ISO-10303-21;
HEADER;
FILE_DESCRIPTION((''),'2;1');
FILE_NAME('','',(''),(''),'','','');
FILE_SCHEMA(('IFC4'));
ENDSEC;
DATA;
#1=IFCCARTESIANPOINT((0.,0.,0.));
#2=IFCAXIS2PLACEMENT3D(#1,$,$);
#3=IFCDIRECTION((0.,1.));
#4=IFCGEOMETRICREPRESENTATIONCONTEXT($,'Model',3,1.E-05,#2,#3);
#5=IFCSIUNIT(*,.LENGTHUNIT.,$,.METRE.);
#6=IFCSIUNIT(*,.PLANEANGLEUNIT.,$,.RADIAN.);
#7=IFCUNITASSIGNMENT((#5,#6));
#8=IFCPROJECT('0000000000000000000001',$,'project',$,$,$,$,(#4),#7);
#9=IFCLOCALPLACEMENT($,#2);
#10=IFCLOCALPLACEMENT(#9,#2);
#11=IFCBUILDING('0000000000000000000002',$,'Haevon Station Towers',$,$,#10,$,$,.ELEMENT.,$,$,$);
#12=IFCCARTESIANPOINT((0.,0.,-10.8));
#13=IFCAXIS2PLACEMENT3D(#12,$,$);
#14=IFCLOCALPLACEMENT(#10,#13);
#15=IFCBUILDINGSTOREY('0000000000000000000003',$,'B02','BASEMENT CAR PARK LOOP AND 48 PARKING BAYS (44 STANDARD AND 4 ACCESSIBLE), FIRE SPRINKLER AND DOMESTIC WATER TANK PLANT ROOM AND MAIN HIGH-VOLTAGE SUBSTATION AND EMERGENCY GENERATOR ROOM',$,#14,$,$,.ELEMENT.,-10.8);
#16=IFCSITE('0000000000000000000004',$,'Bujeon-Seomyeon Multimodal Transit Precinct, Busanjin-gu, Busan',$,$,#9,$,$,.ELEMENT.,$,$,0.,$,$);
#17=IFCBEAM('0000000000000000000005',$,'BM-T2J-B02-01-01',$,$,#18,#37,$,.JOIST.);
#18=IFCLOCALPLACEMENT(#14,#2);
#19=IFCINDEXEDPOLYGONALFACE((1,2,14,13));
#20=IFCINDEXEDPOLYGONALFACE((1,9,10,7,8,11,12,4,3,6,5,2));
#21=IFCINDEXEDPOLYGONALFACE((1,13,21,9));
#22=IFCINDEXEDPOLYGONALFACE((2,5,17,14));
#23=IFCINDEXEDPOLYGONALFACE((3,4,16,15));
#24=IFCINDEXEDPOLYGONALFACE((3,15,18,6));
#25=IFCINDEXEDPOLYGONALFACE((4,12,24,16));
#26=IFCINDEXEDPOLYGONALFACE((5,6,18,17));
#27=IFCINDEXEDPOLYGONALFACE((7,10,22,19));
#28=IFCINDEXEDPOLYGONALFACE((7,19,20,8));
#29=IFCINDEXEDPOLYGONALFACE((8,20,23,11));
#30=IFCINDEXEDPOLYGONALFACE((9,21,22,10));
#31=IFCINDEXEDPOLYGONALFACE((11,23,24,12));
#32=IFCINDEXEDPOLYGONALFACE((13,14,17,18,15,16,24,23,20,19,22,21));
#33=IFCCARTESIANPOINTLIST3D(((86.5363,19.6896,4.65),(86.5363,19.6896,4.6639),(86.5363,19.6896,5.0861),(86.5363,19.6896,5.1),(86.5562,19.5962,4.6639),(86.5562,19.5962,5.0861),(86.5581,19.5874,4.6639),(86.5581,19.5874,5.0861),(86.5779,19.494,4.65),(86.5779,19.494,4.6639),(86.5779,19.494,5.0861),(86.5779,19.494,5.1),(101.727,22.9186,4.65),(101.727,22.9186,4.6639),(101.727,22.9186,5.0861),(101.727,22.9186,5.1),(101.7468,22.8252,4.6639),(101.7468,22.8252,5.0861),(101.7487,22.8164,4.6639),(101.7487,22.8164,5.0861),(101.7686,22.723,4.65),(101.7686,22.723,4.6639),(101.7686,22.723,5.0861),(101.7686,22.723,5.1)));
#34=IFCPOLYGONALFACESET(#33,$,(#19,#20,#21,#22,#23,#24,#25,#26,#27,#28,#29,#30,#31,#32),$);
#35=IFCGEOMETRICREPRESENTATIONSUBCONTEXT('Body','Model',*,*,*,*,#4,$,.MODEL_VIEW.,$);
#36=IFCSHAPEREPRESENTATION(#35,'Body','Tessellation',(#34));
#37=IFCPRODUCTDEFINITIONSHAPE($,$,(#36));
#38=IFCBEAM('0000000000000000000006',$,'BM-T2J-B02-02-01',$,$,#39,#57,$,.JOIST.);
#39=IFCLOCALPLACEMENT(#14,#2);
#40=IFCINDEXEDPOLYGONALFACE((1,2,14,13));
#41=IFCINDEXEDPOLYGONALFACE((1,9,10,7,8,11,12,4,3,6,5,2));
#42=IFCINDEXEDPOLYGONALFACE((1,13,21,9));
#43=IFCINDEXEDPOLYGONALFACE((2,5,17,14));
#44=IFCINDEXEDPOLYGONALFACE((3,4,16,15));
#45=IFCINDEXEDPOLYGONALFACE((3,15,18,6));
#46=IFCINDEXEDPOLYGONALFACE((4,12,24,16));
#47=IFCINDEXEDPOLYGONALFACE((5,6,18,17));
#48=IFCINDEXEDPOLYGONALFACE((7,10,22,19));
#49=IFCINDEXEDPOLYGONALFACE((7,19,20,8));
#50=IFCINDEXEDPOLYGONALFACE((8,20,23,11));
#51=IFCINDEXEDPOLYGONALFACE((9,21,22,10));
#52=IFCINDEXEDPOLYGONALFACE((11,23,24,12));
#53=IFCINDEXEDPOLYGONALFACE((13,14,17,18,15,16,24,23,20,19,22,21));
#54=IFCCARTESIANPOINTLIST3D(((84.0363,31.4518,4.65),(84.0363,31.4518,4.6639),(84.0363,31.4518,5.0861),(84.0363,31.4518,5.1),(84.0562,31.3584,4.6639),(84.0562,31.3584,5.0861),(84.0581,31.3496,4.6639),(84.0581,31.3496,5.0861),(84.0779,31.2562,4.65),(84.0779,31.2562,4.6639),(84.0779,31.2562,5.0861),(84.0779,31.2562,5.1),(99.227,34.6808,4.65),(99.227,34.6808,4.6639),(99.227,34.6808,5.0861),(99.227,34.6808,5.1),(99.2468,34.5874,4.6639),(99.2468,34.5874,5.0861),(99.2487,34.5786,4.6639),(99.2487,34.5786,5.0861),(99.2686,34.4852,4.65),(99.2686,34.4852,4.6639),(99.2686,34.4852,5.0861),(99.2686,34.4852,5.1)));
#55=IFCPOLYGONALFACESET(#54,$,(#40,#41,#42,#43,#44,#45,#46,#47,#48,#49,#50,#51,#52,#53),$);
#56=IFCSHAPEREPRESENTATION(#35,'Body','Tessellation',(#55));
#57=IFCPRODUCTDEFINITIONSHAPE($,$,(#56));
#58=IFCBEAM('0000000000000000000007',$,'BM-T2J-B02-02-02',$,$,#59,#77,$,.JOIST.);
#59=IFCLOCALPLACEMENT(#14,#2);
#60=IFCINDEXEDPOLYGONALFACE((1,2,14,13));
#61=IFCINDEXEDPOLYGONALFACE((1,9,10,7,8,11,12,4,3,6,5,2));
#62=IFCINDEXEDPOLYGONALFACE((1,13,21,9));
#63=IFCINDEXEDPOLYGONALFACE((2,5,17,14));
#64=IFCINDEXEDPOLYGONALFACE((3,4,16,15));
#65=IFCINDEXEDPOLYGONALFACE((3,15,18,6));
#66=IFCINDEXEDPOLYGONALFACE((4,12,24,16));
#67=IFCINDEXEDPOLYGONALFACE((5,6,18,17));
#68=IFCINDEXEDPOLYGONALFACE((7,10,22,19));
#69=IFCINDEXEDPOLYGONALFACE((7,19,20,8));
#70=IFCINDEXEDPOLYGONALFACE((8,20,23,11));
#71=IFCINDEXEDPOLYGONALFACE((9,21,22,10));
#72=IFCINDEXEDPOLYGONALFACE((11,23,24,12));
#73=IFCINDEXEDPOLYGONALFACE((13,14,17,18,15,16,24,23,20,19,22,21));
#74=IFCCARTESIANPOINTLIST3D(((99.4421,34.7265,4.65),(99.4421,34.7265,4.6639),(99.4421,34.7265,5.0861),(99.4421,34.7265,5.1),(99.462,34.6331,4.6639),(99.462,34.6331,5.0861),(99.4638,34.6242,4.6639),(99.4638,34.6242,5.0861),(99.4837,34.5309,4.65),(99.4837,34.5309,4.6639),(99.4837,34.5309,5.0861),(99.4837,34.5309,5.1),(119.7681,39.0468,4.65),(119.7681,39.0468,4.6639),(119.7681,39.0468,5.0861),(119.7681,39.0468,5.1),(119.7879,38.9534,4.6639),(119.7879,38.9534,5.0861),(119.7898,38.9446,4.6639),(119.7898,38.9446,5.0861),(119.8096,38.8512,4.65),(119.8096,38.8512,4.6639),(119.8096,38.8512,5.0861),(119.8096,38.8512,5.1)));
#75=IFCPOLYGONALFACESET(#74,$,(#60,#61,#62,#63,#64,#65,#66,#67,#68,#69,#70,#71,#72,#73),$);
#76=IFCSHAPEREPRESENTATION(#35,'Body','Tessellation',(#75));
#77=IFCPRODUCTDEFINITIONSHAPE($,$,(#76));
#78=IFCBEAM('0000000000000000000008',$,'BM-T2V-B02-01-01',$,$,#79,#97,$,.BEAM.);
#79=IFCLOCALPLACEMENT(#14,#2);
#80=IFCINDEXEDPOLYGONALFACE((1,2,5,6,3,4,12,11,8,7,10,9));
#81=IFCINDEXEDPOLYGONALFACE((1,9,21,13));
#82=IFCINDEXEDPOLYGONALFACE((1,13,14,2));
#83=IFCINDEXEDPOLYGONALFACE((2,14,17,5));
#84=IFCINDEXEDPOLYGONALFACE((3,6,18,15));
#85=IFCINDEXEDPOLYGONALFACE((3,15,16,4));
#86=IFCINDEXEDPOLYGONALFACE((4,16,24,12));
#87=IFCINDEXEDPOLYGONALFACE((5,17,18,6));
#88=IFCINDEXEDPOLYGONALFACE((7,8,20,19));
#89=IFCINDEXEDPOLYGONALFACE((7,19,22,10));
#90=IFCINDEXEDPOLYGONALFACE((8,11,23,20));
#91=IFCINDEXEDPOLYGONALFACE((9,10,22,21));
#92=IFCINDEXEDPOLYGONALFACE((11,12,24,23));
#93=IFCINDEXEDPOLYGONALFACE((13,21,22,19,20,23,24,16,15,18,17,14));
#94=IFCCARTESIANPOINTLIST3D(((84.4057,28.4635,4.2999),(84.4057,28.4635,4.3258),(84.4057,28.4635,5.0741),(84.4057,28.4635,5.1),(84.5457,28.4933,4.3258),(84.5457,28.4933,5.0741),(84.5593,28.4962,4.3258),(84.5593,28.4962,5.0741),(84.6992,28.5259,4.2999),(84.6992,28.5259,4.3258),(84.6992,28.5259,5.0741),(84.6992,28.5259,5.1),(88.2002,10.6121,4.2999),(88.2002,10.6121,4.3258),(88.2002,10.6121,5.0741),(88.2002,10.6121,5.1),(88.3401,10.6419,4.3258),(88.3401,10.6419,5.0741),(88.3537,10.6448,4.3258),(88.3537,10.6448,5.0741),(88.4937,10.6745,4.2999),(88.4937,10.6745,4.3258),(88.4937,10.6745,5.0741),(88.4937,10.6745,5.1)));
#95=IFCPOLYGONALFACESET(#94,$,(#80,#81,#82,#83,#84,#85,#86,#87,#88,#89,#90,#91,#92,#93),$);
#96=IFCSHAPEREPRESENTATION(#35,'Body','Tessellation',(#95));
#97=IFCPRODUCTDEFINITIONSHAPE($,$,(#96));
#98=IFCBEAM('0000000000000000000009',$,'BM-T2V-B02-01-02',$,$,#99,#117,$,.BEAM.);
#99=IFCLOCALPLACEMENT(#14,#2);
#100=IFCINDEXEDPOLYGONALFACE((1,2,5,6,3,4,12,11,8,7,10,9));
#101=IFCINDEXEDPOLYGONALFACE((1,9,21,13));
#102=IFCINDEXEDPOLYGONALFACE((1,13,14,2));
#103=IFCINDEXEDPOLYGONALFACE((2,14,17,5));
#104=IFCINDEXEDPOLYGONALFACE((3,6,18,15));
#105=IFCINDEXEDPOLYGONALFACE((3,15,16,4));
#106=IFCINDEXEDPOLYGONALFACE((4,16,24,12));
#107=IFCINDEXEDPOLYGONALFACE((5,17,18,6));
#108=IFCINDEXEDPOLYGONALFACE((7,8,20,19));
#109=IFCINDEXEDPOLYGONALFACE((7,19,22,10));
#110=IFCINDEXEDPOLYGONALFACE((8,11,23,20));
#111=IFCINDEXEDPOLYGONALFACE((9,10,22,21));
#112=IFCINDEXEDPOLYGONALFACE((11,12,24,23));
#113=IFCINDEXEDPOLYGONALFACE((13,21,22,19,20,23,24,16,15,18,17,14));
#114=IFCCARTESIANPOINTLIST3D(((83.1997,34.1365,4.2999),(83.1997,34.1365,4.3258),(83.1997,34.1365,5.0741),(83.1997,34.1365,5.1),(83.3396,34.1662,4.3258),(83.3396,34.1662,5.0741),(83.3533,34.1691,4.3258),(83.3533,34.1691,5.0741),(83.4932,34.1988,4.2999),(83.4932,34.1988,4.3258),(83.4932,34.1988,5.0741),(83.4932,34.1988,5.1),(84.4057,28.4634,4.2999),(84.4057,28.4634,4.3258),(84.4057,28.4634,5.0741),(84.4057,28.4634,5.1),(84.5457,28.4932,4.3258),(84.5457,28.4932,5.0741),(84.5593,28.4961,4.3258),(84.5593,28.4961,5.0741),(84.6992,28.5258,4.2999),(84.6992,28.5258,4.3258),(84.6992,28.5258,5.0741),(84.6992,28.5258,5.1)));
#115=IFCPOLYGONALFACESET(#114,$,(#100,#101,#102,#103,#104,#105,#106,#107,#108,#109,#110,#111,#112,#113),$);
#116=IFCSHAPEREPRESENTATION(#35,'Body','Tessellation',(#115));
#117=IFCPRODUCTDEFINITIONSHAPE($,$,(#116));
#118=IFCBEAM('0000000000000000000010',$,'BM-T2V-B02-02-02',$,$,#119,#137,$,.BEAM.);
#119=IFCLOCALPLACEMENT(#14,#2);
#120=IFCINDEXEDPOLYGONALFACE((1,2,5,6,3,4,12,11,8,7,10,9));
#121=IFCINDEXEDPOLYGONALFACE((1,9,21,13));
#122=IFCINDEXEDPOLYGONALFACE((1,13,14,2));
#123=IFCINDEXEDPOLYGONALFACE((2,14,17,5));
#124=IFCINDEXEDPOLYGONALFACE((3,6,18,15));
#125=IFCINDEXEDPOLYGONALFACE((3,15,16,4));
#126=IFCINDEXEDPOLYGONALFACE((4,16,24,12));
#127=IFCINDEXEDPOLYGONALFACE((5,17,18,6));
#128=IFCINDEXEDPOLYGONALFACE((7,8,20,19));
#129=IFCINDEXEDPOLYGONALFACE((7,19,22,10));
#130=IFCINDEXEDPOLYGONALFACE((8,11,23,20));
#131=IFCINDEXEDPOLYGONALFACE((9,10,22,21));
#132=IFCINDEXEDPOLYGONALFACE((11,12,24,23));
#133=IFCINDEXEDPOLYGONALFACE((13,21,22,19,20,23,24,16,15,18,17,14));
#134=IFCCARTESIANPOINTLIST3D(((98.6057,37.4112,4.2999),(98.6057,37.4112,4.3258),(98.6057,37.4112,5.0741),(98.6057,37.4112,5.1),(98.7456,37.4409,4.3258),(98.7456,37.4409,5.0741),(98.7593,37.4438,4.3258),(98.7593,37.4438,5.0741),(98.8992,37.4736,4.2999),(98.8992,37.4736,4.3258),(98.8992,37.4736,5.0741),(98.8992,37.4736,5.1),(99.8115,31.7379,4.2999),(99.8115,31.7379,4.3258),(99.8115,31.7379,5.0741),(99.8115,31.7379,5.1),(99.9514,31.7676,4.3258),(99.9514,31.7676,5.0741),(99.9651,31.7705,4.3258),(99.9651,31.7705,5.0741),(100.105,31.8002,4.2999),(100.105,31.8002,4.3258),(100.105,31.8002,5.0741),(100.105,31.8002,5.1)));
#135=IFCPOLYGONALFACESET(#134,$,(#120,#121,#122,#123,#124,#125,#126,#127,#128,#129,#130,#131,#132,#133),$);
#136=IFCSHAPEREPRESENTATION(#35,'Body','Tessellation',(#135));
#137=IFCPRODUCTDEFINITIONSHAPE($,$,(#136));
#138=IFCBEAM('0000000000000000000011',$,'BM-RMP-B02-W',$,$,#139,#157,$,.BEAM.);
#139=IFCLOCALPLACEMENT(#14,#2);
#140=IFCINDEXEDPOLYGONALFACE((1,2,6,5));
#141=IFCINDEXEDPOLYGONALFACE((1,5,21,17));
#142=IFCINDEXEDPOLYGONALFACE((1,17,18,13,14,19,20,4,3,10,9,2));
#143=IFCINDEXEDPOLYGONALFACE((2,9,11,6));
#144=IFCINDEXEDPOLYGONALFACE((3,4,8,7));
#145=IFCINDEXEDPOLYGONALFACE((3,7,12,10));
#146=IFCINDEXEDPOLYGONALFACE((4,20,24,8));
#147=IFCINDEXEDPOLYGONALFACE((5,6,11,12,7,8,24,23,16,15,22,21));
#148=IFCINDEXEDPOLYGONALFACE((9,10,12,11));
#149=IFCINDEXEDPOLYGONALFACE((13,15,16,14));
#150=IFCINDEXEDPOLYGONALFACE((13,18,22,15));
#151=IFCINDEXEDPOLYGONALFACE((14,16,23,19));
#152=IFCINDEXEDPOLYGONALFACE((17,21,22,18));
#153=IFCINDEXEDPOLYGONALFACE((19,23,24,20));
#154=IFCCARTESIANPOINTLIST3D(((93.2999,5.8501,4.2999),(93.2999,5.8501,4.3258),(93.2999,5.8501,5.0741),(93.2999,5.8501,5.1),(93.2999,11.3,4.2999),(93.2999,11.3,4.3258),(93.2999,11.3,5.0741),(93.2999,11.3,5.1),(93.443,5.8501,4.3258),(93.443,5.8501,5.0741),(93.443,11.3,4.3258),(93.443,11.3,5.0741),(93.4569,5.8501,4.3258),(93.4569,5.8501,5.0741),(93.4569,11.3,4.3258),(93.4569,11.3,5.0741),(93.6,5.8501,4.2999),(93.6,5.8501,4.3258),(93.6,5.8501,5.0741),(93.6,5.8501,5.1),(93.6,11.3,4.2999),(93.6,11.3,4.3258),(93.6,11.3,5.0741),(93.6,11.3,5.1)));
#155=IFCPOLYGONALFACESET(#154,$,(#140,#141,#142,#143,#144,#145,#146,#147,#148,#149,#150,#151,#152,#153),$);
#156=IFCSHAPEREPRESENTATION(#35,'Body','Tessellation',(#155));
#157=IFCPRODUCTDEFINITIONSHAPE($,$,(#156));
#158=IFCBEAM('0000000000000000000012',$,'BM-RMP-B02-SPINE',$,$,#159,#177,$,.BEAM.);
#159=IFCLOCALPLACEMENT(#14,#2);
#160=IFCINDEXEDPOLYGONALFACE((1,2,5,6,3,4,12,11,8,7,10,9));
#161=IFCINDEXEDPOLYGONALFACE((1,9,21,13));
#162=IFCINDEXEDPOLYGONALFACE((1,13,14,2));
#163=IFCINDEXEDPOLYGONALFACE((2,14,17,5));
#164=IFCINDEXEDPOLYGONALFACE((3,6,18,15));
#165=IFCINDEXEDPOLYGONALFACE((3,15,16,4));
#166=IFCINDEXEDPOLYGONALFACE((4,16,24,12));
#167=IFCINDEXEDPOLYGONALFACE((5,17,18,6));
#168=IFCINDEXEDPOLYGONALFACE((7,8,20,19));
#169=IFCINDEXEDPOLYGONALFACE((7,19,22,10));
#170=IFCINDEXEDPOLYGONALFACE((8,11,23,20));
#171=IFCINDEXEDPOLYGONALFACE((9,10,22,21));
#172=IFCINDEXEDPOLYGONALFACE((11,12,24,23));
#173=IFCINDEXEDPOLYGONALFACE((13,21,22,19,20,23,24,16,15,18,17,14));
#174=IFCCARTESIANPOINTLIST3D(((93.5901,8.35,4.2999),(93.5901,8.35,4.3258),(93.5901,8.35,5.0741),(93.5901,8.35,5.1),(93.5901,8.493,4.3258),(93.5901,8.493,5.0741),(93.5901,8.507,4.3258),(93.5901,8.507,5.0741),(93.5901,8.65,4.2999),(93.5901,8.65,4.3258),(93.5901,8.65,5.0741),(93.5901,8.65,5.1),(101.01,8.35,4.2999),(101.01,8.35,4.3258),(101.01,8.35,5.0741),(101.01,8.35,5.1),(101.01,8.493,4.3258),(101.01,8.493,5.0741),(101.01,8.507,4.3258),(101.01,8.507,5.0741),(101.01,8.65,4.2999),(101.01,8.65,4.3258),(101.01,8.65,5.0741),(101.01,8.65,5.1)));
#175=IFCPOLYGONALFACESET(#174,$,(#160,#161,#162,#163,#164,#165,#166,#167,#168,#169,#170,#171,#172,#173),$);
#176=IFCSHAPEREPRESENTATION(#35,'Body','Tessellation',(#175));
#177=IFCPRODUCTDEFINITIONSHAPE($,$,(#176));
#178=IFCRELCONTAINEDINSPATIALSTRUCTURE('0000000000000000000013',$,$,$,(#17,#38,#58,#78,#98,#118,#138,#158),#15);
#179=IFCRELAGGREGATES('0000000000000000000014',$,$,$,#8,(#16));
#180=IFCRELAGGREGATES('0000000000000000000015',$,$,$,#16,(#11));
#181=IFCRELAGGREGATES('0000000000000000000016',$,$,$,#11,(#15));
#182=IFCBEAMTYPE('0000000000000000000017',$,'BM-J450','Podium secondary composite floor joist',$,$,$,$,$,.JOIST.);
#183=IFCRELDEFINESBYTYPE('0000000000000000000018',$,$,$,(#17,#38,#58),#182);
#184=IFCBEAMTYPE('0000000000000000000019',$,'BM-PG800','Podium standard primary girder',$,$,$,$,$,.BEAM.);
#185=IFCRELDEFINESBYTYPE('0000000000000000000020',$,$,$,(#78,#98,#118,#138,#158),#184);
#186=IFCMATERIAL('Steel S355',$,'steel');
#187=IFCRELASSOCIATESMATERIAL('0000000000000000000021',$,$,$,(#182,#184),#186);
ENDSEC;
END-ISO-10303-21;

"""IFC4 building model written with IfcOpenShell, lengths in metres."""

from ifc_helpers import new_model, si_unit, direction, frame, origin, origin_2d, place, context, subcontext, project, spatial, i_section, extrude, material, material_profile, profile_set, type_object, element, save


model = new_model("IFC4")

# Units and contexts
model_context = context("Model", 3, precision=1e-05, world=origin(), true_north=direction((0.0, 1.0)))
body_context = subcontext(model_context, "Body", "Model", "MODEL_VIEW")
ifc_project = project(units=[si_unit("LENGTHUNIT", "METRE"), si_unit("PLANEANGLEUNIT", "RADIAN")], contexts=[model_context])

# Site, building, storey
site_placement = place(None, origin())
site = spatial("IfcSite", under=ifc_project, at=site_placement, Name="Bujeon-Seomyeon Multimodal Transit Precinct, Busanjin-gu, Busan", CompositionType="ELEMENT", RefElevation=0.0)
building_placement = place(site_placement, origin())
building = spatial("IfcBuilding", under=site, at=building_placement, Name="Haevon Station Towers", CompositionType="ELEMENT")
storey_placement = place(building_placement, frame((0.0, 0.0, -10.8)))
storey = spatial("IfcBuildingStorey", under=building, at=storey_placement, Name="B02", Description="BASEMENT CAR PARK LOOP AND 48 PARKING BAYS (44 STANDARD AND 4 ACCESSIBLE), FIRE SPRINKLER AND DOMESTIC WATER TANK PLANT ROOM AND MAIN HIGH-VOLTAGE SUBSTATION AND EMERGENCY GENERATOR ROOM", CompositionType="ELEMENT", Elevation=-10.8)

# Beams
ifc_material_1 = material(Name="Steel S355", Category="steel")
ifc_material_profile_1 = material_profile(ifc_material_1, i_section(OverallWidth=0.2, OverallDepth=0.45, WebThickness=0.009, FlangeThickness=0.0139, at=origin_2d()), Name="H-450x200x9x14")
ifc_profile_set_1 = profile_set([ifc_material_profile_1], Name="Steel S355")
beam_type_1 = type_object("IfcBeamType", Name="BM-J450", Description="Podium secondary composite floor joist", PredefinedType="JOIST", material=ifc_profile_set_1)
for number, where, z_axis, x_axis, name in (
    (1, (86.5571, 19.5918, 4.875), (0.978146, 0.207919, 0.0), (-0.207919, 0.978146, 0.0), "BM-T2J-B02-01-01"),
    (2, (84.0571, 31.354, 4.875), (0.978146, 0.207919, 0.0), (-0.207919, 0.978146, 0.0), "BM-T2J-B02-02-01"),
):
    element("IfcBeam", number, at=place(storey_placement, frame(where, z_axis=z_axis, x_axis=x_axis)), inside=storey, type_object=beam_type_1, Name=name, PredefinedType="JOIST", context=body_context, shape_type="SweptSolid", body=[
        extrude(i_section(OverallWidth=0.2, OverallDepth=0.45, WebThickness=0.009, FlangeThickness=0.0139, at=origin_2d()), origin(), (0.0, 0.0, 1.0), 15.53),
    ])
beam_1_placement = place(storey_placement, frame((99.4629, 34.6287, 4.875), z_axis=(0.978149, 0.207907, 0.0), x_axis=(-0.207907, 0.978149, 0.0)))
element("IfcBeam", 3, at=beam_1_placement, inside=storey, type_object=beam_type_1, Name="BM-T2J-B02-02-02", PredefinedType="JOIST", context=body_context, shape_type="SweptSolid", body=[
    extrude(i_section(OverallWidth=0.2, OverallDepth=0.45, WebThickness=0.009, FlangeThickness=0.0139, at=origin_2d()), origin(), (0.0, 0.0, 1.0), 20.78),
])
ifc_material_profile_2 = material_profile(ifc_material_1, i_section(OverallWidth=0.3, OverallDepth=0.8, WebThickness=0.0139, FlangeThickness=0.0259, at=origin_2d()), Name="H-800x300x14x26")
ifc_profile_set_2 = profile_set([ifc_material_profile_2], Name="Steel S355")
beam_type_2 = type_object("IfcBeamType", Name="BM-PG800", Description="Podium standard primary girder", PredefinedType="BEAM", material=ifc_profile_set_2)
beam_2_placement = place(storey_placement, frame((88.3469, 10.6433, 4.7), z_axis=(-0.207913, 0.978147, 0.0), x_axis=(-0.978147, -0.207913, 0.0)))
element("IfcBeam", 4, at=beam_2_placement, inside=storey, type_object=beam_type_2, Name="BM-T2V-B02-01-01", PredefinedType="BEAM", context=body_context, shape_type="SweptSolid", body=[
    extrude(i_section(OverallWidth=0.3, OverallDepth=0.8, WebThickness=0.0139, FlangeThickness=0.0259, at=origin_2d()), origin(), (0.0, 0.0, 1.0), 18.2502),
])
beam_3_placement = place(storey_placement, frame((84.5525, 28.4946, 4.7), z_axis=(-0.207945, 0.978141, 0.0), x_axis=(-0.978141, -0.207945, 0.0)))
element("IfcBeam", 5, at=beam_3_placement, inside=storey, type_object=beam_type_2, Name="BM-T2V-B02-01-02", PredefinedType="BEAM", context=body_context, shape_type="SweptSolid", body=[
    extrude(i_section(OverallWidth=0.3, OverallDepth=0.8, WebThickness=0.0139, FlangeThickness=0.0259, at=origin_2d()), origin(), (0.0, 0.0, 1.0), 5.7998),
])
beam_4_placement = place(storey_placement, frame((99.9583, 31.769, 4.7), z_axis=(-0.207896, 0.978151, 0.0), x_axis=(-0.978151, -0.207896, 0.0)))
element("IfcBeam", 6, at=beam_4_placement, inside=storey, type_object=beam_type_2, Name="BM-T2V-B02-02-02", PredefinedType="BEAM", context=body_context, shape_type="SweptSolid", body=[
    extrude(i_section(OverallWidth=0.3, OverallDepth=0.8, WebThickness=0.0139, FlangeThickness=0.0259, at=origin_2d()), origin(), (0.0, 0.0, 1.0), 5.8),
])
beam_5_placement = place(storey_placement, frame((93.45, 5.8501, 4.7), z_axis=(0.0, 1.0, 0.0), x_axis=(-1.0, 0.0, 0.0)))
element("IfcBeam", 7, at=beam_5_placement, inside=storey, type_object=beam_type_2, Name="BM-RMP-B02-W", PredefinedType="BEAM", context=body_context, shape_type="SweptSolid", body=[
    extrude(i_section(OverallWidth=0.3, OverallDepth=0.8, WebThickness=0.0139, FlangeThickness=0.0259, at=origin_2d()), origin(), (0.0, 0.0, 1.0), 5.45),
])
beam_6_placement = place(storey_placement, frame((93.5901, 8.5, 4.7), z_axis=(1.0, 0.0, 0.0), x_axis=(0.0, 1.0, 0.0)))
element("IfcBeam", 8, at=beam_6_placement, inside=storey, type_object=beam_type_2, Name="BM-RMP-B02-SPINE", PredefinedType="BEAM", context=body_context, shape_type="SweptSolid", body=[
    extrude(i_section(OverallWidth=0.3, OverallDepth=0.8, WebThickness=0.0139, FlangeThickness=0.0259, at=origin_2d()), origin(), (0.0, 0.0, 1.0), 7.4199),
])

save(model, "model.ifc")
